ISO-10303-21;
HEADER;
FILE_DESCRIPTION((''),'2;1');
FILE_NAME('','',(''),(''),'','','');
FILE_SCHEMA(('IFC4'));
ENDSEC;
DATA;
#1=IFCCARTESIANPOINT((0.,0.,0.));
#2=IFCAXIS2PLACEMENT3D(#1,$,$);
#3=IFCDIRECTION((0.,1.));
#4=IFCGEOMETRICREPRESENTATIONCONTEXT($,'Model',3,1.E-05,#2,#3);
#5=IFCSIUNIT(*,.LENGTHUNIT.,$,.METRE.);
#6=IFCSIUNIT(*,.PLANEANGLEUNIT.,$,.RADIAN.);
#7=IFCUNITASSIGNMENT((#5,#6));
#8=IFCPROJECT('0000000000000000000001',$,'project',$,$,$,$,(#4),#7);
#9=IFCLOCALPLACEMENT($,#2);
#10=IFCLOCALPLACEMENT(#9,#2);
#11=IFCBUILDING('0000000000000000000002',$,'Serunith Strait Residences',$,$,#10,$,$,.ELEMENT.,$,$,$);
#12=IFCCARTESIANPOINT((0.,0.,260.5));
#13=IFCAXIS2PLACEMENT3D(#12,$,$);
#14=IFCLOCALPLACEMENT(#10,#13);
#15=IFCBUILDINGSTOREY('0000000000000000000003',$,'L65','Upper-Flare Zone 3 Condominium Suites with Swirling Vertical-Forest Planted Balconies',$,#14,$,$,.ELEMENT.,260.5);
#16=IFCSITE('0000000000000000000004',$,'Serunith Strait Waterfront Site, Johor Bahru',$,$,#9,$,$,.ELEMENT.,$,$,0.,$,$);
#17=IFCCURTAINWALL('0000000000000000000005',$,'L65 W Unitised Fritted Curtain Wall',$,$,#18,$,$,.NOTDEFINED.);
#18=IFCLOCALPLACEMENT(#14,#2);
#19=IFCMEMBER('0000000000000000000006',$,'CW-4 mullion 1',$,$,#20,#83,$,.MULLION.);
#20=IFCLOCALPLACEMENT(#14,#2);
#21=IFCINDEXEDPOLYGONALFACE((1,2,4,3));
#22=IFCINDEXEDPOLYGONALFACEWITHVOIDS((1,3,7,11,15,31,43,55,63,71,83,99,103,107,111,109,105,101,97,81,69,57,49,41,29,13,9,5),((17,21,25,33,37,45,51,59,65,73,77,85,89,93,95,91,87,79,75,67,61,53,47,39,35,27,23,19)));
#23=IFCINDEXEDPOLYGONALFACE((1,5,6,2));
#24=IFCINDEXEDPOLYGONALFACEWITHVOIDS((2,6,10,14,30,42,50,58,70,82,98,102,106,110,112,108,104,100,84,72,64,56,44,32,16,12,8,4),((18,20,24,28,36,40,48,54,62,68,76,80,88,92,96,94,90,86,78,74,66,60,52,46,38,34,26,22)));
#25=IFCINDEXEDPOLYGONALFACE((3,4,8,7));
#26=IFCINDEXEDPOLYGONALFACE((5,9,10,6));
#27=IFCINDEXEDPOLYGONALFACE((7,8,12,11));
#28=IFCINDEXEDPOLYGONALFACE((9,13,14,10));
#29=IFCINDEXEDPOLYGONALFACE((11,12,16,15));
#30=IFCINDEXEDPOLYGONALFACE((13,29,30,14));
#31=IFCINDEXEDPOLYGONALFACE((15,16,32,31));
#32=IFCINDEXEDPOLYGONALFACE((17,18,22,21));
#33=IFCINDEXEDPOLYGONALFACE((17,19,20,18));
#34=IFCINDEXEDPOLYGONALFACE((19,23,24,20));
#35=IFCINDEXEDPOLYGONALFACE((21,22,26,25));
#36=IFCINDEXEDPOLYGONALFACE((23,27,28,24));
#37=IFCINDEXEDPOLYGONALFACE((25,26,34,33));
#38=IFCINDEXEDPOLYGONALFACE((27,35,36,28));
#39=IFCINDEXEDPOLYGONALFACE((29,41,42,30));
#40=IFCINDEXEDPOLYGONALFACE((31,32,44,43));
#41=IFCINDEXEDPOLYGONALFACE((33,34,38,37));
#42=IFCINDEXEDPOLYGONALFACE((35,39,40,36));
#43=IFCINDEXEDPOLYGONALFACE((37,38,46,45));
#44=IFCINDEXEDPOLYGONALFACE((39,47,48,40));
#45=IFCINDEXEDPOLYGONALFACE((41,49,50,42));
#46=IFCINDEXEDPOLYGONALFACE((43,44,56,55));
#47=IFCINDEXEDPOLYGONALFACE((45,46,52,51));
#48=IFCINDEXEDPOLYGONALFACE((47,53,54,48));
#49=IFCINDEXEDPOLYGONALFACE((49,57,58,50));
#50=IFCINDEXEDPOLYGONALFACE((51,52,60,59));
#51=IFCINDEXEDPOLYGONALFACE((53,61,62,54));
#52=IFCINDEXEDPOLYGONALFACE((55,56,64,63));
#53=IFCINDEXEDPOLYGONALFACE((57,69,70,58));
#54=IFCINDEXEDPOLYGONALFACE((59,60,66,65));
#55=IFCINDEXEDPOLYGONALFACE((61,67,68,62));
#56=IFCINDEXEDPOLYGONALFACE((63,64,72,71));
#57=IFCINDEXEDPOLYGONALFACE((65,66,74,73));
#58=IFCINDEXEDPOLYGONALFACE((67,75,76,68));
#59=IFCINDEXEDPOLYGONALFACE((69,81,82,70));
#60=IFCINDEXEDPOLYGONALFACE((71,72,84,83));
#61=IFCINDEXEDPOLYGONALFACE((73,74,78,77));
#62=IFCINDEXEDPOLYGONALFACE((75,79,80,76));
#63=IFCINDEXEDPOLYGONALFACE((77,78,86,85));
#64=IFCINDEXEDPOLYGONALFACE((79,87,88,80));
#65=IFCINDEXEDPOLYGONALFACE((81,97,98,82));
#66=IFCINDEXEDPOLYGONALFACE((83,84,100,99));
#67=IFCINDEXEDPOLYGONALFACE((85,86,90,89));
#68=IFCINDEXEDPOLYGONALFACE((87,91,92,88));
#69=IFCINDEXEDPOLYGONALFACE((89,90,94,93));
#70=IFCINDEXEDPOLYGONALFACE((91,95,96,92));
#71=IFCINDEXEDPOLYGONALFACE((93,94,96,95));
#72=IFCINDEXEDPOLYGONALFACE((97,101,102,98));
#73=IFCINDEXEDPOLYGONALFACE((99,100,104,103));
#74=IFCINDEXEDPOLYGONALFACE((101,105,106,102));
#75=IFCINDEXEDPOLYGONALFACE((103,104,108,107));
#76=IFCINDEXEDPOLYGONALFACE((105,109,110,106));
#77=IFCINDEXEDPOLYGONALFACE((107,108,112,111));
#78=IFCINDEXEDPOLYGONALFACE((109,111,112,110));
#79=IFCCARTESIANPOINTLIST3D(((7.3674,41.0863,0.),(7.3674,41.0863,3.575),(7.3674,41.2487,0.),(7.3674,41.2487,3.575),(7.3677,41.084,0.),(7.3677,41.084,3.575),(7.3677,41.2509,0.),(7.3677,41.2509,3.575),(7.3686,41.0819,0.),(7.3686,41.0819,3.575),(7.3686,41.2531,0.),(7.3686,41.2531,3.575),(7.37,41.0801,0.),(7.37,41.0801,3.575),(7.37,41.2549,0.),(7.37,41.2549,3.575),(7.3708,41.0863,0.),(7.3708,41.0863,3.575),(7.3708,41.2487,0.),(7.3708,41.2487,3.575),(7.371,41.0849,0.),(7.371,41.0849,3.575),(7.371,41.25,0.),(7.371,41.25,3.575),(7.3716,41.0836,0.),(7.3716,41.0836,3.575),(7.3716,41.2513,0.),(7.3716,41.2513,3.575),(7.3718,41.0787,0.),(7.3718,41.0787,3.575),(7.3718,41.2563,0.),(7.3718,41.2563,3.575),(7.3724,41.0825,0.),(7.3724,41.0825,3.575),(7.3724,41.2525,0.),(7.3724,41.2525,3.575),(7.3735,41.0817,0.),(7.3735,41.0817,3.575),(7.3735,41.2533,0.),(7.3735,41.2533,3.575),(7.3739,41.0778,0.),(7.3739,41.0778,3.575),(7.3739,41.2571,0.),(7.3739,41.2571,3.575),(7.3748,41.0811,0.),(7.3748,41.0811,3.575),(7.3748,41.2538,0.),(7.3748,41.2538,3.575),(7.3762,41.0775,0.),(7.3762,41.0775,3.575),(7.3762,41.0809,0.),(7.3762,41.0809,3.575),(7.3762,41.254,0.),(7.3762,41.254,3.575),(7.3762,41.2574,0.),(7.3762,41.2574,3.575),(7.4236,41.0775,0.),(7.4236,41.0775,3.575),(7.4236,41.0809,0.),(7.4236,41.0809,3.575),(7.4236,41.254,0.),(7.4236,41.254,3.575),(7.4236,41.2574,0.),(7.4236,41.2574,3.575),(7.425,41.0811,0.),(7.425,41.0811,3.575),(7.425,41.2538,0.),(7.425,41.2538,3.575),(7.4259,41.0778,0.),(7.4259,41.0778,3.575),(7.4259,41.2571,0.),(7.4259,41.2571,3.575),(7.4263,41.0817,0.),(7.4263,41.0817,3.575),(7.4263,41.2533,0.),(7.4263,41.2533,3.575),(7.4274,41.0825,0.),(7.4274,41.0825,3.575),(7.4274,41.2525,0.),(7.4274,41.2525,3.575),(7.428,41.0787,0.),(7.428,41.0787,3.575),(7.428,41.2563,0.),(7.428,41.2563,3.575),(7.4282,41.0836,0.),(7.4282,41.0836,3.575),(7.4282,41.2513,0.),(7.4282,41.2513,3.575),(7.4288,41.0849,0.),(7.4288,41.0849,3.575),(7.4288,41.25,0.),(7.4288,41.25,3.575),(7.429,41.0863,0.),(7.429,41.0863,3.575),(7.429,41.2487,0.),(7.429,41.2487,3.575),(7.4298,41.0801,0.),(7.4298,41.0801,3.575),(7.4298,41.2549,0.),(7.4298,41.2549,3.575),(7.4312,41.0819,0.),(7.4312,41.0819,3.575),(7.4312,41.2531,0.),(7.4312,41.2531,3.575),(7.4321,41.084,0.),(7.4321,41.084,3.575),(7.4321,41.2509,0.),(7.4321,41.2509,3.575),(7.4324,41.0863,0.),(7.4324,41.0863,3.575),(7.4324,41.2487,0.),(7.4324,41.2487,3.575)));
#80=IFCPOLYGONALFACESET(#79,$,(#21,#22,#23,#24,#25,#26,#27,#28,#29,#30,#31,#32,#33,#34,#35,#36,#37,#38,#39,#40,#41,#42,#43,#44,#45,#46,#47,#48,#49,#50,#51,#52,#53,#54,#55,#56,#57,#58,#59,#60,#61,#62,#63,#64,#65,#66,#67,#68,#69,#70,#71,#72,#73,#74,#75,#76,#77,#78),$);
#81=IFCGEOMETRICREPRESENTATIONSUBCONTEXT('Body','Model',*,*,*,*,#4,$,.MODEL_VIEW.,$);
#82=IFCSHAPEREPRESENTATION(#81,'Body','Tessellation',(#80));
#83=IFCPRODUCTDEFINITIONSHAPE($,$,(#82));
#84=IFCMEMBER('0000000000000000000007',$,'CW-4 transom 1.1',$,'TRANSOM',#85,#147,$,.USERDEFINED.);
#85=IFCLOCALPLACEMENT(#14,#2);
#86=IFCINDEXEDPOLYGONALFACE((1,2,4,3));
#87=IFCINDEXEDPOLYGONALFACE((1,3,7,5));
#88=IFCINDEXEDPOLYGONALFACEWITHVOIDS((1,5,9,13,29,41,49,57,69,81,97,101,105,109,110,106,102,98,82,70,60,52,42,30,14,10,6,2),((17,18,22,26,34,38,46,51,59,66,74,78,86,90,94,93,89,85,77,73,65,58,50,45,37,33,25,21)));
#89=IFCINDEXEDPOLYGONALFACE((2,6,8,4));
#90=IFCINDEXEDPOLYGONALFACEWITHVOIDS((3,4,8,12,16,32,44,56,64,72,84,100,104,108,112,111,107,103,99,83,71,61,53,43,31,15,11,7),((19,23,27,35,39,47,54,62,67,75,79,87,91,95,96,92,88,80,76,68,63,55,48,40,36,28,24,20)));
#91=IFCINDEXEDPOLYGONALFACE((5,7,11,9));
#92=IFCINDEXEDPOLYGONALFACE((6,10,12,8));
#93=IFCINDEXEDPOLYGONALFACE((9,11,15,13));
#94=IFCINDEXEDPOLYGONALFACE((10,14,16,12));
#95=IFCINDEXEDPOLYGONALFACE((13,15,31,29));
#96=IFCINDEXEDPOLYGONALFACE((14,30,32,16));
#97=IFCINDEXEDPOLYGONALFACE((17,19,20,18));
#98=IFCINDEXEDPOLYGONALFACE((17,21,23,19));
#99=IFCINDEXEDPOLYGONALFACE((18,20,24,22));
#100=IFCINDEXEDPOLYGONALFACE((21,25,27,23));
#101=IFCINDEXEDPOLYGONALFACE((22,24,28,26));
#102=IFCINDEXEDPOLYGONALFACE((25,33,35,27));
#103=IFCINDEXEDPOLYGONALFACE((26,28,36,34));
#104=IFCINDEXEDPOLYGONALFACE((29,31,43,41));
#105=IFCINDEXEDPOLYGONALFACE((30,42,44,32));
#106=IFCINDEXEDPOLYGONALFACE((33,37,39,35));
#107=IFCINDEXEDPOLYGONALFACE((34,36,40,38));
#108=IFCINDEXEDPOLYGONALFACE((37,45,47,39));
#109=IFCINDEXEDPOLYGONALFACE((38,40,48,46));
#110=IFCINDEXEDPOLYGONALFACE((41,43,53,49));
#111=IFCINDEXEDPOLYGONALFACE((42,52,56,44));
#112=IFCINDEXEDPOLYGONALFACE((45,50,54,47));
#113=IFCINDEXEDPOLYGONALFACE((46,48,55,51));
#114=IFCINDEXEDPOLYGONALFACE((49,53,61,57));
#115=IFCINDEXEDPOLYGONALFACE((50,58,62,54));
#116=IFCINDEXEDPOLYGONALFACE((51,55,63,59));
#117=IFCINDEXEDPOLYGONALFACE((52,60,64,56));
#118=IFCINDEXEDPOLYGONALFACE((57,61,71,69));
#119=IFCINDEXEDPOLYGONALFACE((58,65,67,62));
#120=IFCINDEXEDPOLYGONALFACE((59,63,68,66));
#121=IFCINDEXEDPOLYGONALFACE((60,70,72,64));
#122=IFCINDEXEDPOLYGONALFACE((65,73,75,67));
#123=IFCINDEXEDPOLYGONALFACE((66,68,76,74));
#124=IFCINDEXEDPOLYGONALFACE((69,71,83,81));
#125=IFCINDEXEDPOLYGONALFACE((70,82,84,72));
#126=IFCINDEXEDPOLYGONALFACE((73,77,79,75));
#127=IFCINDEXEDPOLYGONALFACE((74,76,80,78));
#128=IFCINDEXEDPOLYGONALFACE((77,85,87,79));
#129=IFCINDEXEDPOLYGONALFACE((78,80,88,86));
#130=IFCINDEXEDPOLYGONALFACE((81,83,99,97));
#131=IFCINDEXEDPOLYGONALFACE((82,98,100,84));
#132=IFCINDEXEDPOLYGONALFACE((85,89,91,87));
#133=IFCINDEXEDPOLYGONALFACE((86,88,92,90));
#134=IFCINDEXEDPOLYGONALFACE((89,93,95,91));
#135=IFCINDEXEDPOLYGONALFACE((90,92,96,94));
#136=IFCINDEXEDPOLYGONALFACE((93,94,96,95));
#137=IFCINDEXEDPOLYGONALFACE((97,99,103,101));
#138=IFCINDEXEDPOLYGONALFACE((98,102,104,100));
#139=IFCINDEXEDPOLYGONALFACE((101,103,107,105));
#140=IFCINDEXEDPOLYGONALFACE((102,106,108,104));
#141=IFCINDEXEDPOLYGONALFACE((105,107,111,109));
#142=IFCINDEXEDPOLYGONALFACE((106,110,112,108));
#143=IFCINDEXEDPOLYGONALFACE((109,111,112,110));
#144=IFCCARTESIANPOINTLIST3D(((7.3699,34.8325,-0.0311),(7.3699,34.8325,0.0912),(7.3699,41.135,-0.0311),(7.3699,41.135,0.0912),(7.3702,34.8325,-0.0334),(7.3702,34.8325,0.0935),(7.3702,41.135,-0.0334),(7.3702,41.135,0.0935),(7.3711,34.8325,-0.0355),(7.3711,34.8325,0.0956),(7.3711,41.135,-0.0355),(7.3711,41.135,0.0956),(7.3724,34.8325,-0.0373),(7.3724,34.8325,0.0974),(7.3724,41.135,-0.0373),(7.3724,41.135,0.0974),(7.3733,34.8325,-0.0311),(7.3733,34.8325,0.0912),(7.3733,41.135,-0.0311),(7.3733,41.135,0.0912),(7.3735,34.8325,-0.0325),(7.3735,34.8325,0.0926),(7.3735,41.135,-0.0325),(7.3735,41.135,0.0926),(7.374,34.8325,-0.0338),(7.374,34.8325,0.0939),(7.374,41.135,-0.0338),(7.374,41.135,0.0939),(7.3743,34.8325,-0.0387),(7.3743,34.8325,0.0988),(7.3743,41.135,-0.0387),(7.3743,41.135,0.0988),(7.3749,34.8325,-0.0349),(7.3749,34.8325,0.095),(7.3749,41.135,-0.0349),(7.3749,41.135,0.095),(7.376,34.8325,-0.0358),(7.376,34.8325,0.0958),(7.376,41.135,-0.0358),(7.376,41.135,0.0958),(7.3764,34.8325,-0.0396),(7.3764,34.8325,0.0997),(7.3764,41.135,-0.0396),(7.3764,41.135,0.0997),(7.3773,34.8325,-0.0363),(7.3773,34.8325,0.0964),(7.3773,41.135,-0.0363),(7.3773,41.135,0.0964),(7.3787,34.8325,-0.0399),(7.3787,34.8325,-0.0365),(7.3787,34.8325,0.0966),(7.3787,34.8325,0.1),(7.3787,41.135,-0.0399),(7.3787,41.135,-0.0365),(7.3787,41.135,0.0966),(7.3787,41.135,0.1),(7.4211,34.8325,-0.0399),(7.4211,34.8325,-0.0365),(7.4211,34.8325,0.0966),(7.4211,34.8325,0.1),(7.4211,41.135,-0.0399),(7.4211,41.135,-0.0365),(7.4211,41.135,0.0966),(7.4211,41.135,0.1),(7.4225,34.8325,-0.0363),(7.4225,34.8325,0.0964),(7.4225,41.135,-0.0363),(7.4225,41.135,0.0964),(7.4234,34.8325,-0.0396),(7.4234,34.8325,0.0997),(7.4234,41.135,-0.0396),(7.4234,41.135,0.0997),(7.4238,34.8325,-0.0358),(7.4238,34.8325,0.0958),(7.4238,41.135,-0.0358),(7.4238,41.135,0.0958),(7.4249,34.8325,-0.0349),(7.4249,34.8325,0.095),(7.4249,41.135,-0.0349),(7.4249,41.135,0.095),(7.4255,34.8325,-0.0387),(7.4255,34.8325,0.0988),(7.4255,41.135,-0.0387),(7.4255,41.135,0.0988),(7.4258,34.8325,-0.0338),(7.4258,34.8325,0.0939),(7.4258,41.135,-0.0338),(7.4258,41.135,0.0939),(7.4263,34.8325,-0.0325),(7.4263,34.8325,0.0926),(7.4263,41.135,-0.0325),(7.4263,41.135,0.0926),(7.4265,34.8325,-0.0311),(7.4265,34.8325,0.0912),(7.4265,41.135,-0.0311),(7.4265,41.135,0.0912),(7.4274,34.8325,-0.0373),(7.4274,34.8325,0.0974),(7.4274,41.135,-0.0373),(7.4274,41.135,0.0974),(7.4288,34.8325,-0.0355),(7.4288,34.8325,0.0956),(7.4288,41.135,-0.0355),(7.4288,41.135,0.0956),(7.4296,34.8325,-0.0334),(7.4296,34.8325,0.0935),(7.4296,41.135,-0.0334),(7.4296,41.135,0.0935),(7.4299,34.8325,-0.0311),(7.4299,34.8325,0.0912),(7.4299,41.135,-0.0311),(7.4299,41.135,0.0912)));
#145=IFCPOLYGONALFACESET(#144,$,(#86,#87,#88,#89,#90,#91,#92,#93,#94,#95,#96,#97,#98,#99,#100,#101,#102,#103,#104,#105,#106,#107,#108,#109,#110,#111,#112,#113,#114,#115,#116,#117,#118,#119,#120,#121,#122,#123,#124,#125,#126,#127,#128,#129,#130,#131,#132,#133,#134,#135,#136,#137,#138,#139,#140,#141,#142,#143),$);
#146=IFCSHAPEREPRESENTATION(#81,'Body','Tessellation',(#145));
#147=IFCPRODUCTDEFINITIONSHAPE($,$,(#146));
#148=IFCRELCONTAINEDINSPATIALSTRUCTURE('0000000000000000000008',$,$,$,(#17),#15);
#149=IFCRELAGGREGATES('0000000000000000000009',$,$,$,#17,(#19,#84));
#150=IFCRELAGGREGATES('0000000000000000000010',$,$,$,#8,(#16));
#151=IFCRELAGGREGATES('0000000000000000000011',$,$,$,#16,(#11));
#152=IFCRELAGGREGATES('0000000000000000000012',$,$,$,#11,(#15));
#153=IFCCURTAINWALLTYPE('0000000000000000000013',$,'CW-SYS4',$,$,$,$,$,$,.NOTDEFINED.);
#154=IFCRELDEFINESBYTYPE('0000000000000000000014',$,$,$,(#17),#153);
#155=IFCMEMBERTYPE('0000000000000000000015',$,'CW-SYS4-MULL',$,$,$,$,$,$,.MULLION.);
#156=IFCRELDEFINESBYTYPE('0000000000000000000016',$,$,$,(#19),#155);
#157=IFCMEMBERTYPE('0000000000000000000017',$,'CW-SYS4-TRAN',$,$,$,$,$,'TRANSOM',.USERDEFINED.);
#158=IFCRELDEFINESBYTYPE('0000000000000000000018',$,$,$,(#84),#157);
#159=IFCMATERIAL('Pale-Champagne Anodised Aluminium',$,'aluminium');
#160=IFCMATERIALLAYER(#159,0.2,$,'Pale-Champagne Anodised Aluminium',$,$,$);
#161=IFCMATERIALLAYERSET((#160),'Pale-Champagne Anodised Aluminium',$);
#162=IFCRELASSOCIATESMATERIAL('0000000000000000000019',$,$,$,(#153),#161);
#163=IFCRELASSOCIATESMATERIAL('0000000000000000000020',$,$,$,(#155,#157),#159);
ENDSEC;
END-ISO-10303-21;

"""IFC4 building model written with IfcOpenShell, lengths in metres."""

from ifc_helpers import new_model, si_unit, direction, frame, origin, origin_2d, place, context, subcontext, project, spatial, hollow_rectangle, extrude, source, transform, mapped, material, layer, layer_set, material_profile, profile_set, type_object, element, aggregate, save


model = new_model("IFC4")

# Units and contexts
model_context = context("Model", 3, precision=1e-05, world=origin(), true_north=direction((0.0, 1.0)))
body_context = subcontext(model_context, "Body", "Model", "MODEL_VIEW")
ifc_project = project(units=[si_unit("LENGTHUNIT", "METRE"), si_unit("PLANEANGLEUNIT", "RADIAN")], contexts=[model_context])

# Site, building, storey
site_placement = place(None, origin())
site = spatial("IfcSite", under=ifc_project, at=site_placement, Name="Serunith Strait Waterfront Site, Johor Bahru", CompositionType="ELEMENT", RefElevation=0.0)
building_placement = place(site_placement, origin())
building = spatial("IfcBuilding", under=site, at=building_placement, Name="Serunith Strait Residences", CompositionType="ELEMENT")
storey_placement = place(building_placement, frame((0.0, 0.0, 260.5)))
storey = spatial("IfcBuildingStorey", under=building, at=storey_placement, Name="L65", Description="Upper-Flare Zone 3 Condominium Suites with Swirling Vertical-Forest Planted Balconies", CompositionType="ELEMENT", Elevation=260.5)

# Curtain wall, members
ifc_material_1 = material(Name="Pale-Champagne Anodised Aluminium", Category="aluminium")
ifc_layer_1 = layer(ifc_material_1, 0.2, Name="Pale-Champagne Anodised Aluminium")
ifc_layer_set_1 = layer_set([ifc_layer_1], Name="Pale-Champagne Anodised Aluminium")
curtain_wall_type = type_object("IfcCurtainWallType", Name="CW-SYS4", PredefinedType="NOTDEFINED", material=ifc_layer_set_1)
ifc_material_profile_1 = material_profile(ifc_material_1, hollow_rectangle(XDim=0.0649, YDim=0.1799, WallThickness=0.0034, InnerFilletRadius=0.0054, OuterFilletRadius=0.0088, at=origin_2d()), Name="ALU 180x65x3.5")
ifc_profile_set_1 = profile_set([ifc_material_profile_1], Name="Pale-Champagne Anodised Aluminium")
member_type_1 = type_object("IfcMemberType", Name="CW-SYS4-MULL", PredefinedType="MULLION", material=ifc_profile_set_1)
shared_shape_1 = source(origin(), body_context, "Body", "SweptSolid", [
    extrude(hollow_rectangle(XDim=0.0649, YDim=0.1799, WallThickness=0.0034, InnerFilletRadius=0.0054, OuterFilletRadius=0.0088, at=origin_2d()), origin(), (0.0, 0.0, 1.0), 3.575),
])
curtain_wall_1_placement = place(storey_placement, origin())
curtain_wall_1 = element("IfcCurtainWall", 1, at=curtain_wall_1_placement, inside=storey, type_object=curtain_wall_type, Name="L65 W Unitised Fritted Curtain Wall", PredefinedType="NOTDEFINED")
member_1_placement = place(storey_placement, frame((7.3999, 41.1675, 0.0), z_axis=(0.0, 0.0, 1.0), x_axis=(1.0, 0.0, 0.0)))
member_1 = element("IfcMember", 2, at=member_1_placement, type_object=member_type_1, Name="CW-4 mullion 1", PredefinedType="MULLION", context=body_context, shape_type="MappedRepresentation", body=[
    mapped(shared_shape_1, transform((0.0, 0.0, 0.0), scale=1.0)),
])
ifc_material_profile_2 = material_profile(ifc_material_1, hollow_rectangle(XDim=0.0601, YDim=0.1399, WallThickness=0.0034, InnerFilletRadius=0.0054, OuterFilletRadius=0.0088, at=origin_2d()), Name="ALU 140x60x3.5")
ifc_profile_set_2 = profile_set([ifc_material_profile_2], Name="Pale-Champagne Anodised Aluminium")
member_type_2 = type_object("IfcMemberType", Name="CW-SYS4-TRAN", ElementType="TRANSOM", PredefinedType="USERDEFINED", material=ifc_profile_set_2)
shared_shape_2 = source(origin(), body_context, "Body", "SweptSolid", [
    extrude(hollow_rectangle(XDim=0.0601, YDim=0.1399, WallThickness=0.0034, InnerFilletRadius=0.0054, OuterFilletRadius=0.0088, at=origin_2d()), origin(), (0.0, 0.0, 1.0), 6.3025),
])
member_2_placement = place(storey_placement, frame((7.3999, 41.135, 0.03), z_axis=(0.0, -1.0, 0.0), x_axis=(1.0, 0.0, 0.0)))
member_2 = element("IfcMember", 3, at=member_2_placement, type_object=member_type_2, Name="CW-4 transom 1.1", ObjectType="TRANSOM", PredefinedType="USERDEFINED", context=body_context, shape_type="MappedRepresentation", body=[
    mapped(shared_shape_2, transform((0.0, 0.0, 0.0), scale=1.0)),
])
aggregate(curtain_wall_1, [member_1, member_2])

save(model, "model.ifc")
